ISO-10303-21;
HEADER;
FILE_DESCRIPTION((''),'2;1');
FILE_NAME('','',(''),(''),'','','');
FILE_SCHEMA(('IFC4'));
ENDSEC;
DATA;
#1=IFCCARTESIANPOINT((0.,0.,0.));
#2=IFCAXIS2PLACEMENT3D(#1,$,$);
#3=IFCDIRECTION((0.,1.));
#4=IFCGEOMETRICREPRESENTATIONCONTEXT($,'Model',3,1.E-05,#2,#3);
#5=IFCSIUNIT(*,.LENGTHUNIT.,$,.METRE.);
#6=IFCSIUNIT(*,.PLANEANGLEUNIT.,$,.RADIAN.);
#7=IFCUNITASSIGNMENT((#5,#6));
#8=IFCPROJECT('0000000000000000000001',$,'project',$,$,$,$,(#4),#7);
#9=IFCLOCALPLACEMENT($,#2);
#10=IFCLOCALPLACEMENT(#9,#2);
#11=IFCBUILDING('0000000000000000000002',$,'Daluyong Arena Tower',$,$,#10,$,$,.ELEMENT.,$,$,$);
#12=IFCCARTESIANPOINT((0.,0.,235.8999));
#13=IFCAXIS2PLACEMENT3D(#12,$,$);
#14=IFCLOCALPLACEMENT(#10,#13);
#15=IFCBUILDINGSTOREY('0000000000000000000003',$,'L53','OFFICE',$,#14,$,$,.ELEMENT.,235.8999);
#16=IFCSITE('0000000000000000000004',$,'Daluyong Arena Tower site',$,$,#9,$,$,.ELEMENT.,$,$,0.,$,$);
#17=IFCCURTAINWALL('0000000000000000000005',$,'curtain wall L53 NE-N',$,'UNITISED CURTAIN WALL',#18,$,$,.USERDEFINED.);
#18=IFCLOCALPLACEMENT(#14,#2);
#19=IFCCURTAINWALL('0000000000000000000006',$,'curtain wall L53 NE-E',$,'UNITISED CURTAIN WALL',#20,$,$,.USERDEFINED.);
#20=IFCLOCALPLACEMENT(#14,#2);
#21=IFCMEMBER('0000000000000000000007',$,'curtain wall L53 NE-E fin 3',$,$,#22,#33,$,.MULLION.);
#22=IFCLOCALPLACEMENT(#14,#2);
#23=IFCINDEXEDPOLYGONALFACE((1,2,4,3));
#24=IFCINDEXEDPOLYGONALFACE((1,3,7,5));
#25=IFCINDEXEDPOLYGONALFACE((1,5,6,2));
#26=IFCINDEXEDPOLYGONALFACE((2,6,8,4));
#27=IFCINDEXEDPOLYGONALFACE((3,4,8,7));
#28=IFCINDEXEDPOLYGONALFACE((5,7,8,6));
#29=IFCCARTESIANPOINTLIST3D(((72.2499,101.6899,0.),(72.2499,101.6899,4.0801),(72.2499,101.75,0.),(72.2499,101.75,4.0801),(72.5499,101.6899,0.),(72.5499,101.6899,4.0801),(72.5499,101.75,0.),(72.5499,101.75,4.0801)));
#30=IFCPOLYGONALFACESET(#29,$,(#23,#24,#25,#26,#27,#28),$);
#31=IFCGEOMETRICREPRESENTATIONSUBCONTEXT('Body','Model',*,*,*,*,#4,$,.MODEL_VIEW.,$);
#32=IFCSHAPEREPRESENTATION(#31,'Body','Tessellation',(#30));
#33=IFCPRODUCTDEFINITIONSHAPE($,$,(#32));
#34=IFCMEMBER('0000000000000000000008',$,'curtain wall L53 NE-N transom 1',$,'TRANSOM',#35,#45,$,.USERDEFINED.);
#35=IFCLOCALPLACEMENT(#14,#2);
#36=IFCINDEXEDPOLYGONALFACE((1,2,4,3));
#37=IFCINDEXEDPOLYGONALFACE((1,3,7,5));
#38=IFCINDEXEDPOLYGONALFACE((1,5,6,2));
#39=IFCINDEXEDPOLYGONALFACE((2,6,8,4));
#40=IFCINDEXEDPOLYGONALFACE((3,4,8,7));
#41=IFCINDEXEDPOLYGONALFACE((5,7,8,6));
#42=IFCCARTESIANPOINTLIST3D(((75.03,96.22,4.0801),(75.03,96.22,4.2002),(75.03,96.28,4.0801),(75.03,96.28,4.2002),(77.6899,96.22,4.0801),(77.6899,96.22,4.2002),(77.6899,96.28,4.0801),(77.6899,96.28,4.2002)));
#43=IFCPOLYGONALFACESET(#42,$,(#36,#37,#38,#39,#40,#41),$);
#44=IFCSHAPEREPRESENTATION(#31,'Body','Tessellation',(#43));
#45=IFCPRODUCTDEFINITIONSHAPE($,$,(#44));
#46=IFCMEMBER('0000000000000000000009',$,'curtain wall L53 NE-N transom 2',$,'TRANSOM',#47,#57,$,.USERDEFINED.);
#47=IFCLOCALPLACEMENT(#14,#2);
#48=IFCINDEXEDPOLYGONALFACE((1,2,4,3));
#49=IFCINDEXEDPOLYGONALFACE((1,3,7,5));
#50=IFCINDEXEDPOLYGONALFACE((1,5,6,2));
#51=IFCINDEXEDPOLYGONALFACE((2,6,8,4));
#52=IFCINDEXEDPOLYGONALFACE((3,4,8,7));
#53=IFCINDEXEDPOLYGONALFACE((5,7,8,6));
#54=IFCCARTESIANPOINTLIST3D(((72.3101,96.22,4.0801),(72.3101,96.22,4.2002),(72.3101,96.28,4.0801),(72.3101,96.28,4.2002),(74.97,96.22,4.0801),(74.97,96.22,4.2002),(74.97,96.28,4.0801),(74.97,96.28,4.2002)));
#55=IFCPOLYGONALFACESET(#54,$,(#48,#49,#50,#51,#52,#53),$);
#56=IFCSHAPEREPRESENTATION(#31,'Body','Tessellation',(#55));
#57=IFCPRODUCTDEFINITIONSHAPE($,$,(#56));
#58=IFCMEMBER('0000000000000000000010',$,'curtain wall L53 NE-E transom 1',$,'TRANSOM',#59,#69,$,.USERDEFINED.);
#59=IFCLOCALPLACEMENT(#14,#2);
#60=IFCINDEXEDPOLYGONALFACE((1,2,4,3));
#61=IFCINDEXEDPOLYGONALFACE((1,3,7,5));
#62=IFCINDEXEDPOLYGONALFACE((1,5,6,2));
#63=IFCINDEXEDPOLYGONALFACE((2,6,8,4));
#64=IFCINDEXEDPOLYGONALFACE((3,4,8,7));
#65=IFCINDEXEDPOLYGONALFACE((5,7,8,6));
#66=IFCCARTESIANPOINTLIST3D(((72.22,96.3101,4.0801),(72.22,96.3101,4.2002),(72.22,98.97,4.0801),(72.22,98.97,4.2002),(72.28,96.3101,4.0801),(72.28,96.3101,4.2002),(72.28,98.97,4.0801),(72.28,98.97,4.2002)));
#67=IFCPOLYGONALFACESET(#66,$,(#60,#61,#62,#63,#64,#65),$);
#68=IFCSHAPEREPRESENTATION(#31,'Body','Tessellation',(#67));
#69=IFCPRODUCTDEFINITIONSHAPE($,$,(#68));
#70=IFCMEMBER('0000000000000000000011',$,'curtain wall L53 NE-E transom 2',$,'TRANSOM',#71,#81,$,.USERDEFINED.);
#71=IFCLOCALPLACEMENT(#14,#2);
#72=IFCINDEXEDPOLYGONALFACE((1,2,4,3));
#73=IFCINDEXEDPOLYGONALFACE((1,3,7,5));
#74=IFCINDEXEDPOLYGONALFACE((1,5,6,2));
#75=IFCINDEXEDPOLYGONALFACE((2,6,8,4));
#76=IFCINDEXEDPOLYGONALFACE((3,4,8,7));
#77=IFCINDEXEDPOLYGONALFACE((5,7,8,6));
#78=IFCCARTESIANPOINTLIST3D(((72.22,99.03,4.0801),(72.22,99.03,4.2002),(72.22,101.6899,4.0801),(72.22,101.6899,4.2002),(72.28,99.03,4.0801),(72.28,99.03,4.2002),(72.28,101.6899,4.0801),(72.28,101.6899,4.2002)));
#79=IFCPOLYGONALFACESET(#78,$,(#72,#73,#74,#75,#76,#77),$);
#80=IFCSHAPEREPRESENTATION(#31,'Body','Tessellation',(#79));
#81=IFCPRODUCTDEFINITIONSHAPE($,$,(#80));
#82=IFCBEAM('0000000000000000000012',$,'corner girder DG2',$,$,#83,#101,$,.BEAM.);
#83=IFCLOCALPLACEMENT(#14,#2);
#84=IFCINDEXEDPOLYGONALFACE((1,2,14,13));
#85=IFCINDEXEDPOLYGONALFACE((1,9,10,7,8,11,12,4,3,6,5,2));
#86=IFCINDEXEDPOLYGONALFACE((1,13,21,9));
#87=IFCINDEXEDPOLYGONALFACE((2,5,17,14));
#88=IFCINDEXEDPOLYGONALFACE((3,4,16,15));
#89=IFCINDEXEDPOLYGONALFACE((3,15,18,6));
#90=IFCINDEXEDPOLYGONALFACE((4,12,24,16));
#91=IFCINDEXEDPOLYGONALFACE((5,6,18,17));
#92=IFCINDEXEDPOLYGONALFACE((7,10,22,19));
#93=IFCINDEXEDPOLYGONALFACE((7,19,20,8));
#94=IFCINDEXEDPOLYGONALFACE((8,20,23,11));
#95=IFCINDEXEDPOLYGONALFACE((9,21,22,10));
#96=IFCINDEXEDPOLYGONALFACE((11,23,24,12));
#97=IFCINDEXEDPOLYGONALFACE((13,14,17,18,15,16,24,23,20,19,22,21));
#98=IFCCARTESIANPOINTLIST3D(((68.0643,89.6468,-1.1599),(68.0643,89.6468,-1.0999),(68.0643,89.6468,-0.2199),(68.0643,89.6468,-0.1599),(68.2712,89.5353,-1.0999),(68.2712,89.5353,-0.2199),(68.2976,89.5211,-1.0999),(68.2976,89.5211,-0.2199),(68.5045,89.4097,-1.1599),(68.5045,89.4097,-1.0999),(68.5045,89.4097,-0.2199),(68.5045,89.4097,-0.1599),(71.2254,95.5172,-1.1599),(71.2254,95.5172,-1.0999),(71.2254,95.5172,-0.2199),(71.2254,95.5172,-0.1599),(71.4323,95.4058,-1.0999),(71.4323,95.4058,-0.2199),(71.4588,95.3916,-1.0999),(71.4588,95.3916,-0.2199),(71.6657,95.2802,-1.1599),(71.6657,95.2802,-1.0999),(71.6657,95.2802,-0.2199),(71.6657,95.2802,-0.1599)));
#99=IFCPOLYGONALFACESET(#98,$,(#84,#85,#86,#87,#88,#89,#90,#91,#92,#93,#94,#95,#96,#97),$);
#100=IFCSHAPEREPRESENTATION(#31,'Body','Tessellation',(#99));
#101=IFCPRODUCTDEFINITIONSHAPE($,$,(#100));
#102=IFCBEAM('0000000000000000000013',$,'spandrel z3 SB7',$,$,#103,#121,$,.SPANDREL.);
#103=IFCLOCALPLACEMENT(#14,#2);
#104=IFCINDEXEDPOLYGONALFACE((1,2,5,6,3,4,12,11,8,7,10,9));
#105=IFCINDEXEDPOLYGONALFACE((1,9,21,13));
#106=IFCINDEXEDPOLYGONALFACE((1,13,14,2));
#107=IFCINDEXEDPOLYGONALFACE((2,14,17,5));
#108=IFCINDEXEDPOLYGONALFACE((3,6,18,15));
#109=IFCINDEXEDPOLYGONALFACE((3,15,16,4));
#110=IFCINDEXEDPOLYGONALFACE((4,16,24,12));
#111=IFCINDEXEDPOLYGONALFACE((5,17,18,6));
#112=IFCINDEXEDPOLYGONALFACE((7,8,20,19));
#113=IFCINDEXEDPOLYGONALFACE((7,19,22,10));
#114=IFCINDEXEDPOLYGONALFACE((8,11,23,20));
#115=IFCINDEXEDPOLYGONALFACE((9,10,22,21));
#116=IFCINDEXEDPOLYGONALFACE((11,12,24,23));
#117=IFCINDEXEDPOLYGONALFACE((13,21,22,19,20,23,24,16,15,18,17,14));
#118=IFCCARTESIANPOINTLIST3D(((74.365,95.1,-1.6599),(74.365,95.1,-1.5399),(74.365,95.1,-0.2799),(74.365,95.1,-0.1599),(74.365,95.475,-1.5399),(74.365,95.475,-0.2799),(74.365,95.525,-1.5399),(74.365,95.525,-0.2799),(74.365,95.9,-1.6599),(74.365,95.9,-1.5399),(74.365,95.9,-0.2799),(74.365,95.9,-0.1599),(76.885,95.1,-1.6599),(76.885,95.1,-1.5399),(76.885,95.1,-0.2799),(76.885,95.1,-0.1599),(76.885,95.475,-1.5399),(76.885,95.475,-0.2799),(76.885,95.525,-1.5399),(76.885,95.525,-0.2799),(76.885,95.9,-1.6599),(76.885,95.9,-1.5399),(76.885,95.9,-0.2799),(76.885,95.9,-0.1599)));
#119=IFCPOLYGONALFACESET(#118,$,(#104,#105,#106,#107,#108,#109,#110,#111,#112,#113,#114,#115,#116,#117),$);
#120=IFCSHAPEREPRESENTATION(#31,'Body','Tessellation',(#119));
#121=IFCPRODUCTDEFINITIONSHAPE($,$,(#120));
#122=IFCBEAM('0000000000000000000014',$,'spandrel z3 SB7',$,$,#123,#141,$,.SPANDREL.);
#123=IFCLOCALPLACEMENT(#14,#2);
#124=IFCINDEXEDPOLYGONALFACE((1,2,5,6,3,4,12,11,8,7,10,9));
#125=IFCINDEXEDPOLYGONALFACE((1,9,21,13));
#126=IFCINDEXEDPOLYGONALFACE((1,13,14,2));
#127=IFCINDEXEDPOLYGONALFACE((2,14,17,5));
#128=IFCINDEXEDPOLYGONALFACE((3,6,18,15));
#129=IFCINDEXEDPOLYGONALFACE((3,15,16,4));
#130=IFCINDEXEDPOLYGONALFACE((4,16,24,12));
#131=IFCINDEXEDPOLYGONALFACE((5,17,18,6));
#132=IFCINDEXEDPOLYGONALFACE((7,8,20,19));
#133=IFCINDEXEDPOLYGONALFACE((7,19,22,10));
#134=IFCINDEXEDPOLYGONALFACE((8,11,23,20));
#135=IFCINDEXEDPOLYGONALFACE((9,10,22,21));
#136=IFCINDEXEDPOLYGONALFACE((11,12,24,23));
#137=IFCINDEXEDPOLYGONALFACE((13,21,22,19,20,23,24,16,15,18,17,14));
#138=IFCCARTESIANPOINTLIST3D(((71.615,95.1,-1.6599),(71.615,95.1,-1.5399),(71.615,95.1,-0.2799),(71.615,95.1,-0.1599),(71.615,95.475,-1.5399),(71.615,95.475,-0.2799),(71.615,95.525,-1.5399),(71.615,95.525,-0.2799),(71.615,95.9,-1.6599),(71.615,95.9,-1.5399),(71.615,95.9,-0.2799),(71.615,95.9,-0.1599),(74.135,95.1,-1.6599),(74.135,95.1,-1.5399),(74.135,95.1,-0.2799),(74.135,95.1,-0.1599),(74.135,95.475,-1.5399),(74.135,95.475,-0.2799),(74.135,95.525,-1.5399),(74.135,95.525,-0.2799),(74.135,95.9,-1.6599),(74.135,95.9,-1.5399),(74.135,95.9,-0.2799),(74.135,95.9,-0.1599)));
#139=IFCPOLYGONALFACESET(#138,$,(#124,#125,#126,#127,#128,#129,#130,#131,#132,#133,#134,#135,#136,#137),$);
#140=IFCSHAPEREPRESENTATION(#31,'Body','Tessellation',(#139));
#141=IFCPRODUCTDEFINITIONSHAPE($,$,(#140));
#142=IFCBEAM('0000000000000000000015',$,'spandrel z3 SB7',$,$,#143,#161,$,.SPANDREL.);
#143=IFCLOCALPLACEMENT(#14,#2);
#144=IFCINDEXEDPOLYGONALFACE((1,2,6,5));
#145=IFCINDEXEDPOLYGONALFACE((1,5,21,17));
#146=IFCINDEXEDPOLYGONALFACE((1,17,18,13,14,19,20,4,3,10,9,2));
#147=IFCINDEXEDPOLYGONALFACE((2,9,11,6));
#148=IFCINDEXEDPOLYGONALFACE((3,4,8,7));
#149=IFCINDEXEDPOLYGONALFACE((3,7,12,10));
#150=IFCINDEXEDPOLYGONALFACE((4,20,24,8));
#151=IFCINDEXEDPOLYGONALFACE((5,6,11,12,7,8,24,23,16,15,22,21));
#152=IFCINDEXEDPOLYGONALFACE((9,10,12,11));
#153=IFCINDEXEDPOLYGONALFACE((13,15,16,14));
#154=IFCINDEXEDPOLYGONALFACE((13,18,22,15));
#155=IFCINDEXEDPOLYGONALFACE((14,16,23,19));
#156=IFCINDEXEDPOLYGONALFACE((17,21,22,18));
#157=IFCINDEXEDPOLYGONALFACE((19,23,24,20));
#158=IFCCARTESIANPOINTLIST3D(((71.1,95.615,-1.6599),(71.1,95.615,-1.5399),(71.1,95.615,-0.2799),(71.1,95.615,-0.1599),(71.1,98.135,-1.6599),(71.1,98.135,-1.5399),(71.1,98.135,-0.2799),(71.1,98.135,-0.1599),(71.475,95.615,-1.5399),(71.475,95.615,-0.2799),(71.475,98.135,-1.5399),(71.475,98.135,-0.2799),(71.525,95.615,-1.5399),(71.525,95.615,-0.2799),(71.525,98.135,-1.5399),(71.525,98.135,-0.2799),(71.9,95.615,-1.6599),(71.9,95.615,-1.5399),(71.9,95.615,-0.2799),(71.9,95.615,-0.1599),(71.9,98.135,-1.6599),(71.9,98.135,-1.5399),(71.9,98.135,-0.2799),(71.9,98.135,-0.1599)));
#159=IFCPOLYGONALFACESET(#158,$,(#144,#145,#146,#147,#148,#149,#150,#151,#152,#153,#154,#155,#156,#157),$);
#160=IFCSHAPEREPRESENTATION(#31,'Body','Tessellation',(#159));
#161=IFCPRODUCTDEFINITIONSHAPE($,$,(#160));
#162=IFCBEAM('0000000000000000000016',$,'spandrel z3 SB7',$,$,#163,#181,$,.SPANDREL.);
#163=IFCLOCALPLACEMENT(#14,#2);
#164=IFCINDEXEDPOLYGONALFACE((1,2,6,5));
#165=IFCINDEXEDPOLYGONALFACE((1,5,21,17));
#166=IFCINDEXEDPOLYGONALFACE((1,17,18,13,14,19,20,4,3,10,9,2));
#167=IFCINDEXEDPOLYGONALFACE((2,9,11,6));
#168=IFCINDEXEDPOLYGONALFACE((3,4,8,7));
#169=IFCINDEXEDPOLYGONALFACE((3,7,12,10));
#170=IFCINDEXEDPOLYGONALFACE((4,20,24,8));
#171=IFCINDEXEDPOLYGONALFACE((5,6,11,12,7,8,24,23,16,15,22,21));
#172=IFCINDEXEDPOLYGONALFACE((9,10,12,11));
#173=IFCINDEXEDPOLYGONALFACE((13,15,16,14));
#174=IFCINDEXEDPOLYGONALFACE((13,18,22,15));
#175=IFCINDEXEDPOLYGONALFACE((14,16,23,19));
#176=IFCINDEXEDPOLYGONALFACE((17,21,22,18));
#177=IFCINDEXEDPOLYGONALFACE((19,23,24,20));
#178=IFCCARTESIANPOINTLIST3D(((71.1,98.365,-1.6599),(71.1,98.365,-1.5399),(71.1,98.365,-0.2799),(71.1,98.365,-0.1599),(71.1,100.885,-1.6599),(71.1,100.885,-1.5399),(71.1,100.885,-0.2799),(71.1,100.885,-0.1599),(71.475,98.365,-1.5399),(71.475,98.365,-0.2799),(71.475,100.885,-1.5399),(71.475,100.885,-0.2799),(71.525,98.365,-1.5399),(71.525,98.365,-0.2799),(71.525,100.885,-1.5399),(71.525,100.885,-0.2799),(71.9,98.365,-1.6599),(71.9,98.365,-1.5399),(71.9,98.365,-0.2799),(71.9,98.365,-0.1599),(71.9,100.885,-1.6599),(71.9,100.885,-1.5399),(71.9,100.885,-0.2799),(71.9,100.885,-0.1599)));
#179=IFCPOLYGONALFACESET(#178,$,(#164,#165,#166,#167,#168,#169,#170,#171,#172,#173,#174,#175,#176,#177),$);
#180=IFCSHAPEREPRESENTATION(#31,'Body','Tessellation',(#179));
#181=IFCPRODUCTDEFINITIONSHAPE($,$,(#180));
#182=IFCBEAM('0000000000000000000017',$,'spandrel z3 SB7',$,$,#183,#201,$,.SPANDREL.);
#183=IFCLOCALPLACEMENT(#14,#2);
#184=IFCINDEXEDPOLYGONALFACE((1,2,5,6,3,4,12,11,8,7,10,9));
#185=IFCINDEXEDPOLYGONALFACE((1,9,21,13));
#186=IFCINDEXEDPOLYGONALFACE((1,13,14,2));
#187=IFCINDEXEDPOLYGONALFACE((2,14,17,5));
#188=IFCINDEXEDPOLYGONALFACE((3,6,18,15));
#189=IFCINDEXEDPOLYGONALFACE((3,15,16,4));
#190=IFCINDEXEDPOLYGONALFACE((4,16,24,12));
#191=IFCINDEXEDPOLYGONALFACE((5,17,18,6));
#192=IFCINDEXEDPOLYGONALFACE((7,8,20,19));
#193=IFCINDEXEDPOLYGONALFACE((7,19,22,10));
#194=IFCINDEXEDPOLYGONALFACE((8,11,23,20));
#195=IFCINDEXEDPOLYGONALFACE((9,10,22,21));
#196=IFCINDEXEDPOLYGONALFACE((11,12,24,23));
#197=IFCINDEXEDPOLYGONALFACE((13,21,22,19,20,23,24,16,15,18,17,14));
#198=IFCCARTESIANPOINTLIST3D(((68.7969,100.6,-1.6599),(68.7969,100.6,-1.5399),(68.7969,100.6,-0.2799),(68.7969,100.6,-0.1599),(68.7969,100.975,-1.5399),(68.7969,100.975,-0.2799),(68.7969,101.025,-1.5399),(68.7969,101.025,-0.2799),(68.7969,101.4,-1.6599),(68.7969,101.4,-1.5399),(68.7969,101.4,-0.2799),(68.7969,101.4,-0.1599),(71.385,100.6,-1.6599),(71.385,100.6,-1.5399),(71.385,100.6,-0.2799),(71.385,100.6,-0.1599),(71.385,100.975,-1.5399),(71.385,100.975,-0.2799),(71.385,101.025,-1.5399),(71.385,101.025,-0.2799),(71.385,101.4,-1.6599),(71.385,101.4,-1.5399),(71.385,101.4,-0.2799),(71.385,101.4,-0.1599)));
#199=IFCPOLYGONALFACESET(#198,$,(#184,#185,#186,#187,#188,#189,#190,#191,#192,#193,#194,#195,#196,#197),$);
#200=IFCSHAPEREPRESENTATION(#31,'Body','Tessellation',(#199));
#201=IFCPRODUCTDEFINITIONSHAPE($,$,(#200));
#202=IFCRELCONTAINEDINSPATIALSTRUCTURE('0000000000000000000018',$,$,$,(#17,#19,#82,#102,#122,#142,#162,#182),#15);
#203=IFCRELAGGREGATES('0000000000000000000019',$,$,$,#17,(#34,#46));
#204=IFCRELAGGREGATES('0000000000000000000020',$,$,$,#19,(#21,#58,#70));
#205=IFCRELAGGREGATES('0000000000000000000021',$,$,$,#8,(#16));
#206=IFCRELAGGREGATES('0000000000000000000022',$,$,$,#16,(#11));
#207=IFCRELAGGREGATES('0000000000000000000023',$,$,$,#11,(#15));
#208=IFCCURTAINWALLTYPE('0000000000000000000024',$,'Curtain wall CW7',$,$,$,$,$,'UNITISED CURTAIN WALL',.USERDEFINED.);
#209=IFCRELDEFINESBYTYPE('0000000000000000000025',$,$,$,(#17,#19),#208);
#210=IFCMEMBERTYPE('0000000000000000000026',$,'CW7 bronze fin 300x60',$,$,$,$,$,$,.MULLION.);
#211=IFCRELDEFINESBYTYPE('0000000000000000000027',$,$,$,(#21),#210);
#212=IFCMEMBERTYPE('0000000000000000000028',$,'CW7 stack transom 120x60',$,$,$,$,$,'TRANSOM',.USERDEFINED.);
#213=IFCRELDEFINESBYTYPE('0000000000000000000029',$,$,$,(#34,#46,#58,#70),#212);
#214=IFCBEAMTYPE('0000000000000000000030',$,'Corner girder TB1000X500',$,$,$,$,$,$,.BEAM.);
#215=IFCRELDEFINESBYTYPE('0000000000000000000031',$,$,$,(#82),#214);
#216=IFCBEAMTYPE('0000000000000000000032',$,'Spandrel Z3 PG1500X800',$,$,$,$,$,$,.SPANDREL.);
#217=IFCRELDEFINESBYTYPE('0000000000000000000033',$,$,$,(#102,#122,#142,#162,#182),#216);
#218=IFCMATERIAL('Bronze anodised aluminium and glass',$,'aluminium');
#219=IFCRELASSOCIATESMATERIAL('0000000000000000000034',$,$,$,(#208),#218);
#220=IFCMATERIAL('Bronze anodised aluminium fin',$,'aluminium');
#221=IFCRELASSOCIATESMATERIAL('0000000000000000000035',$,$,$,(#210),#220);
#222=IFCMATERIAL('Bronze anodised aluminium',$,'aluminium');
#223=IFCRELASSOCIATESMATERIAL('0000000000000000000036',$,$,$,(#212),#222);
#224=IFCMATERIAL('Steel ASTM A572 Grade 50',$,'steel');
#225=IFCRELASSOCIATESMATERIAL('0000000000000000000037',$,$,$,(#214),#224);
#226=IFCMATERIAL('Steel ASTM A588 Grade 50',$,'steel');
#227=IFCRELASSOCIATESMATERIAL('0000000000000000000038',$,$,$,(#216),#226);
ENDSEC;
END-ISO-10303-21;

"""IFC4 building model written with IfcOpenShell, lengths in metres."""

from ifc_helpers import new_model, si_unit, direction, frame, origin, origin_2d, place, context, subcontext, project, spatial, rectangle, i_section, extrude, material, material_profile, profile_set, type_object, element, aggregate, save


model = new_model("IFC4")

# Units and contexts
model_context = context("Model", 3, precision=1e-05, world=origin(), true_north=direction((0.0, 1.0)))
body_context = subcontext(model_context, "Body", "Model", "MODEL_VIEW")
ifc_project = project(units=[si_unit("LENGTHUNIT", "METRE"), si_unit("PLANEANGLEUNIT", "RADIAN")], contexts=[model_context])

# Site, building, storey
site_placement = place(None, origin())
site = spatial("IfcSite", under=ifc_project, at=site_placement, Name="Daluyong Arena Tower site", CompositionType="ELEMENT", RefElevation=0.0)
building_placement = place(site_placement, origin())
building = spatial("IfcBuilding", under=site, at=building_placement, Name="Daluyong Arena Tower", CompositionType="ELEMENT")
storey_placement = place(building_placement, frame((0.0, 0.0, 235.8999)))
storey = spatial("IfcBuildingStorey", under=building, at=storey_placement, Name="L53", Description="OFFICE", CompositionType="ELEMENT", Elevation=235.8999)

# Curtain walls, member
ifc_material_1 = material(Name="Bronze anodised aluminium and glass", Category="aluminium")
curtain_wall_type_1 = type_object("IfcCurtainWallType", Name="Curtain wall CW7", ElementType="UNITISED CURTAIN WALL", PredefinedType="USERDEFINED", material=ifc_material_1)
curtain_wall_1_placement = place(storey_placement, origin())
curtain_wall_1 = element("IfcCurtainWall", 1, at=curtain_wall_1_placement, inside=storey, type_object=curtain_wall_type_1, Name="curtain wall L53 NE-N", ObjectType="UNITISED CURTAIN WALL", PredefinedType="USERDEFINED")
ifc_material_2 = material(Name="Bronze anodised aluminium fin", Category="aluminium")
ifc_material_profile_1 = material_profile(ifc_material_2, rectangle(XDim=0.3, YDim=0.0601, at=origin_2d()))
ifc_profile_set_1 = profile_set([ifc_material_profile_1], Name="Bronze anodised aluminium fin")
member_type_1 = type_object("IfcMemberType", Name="CW7 bronze fin 300x60", PredefinedType="MULLION", material=ifc_profile_set_1)
curtain_wall_2_placement = place(storey_placement, origin())
curtain_wall_2 = element("IfcCurtainWall", 2, at=curtain_wall_2_placement, inside=storey, type_object=curtain_wall_type_1, Name="curtain wall L53 NE-E", ObjectType="UNITISED CURTAIN WALL", PredefinedType="USERDEFINED")
member_1_placement = place(storey_placement, frame((72.3999, 101.72, 0.0), z_axis=(0.0, 0.0, 1.0), x_axis=(-1.0, 0.0, 0.0)))
member_1 = element("IfcMember", 3, at=member_1_placement, type_object=member_type_1, Name="curtain wall L53 NE-E fin 3", PredefinedType="MULLION", context=body_context, shape_type="SweptSolid", body=[
    extrude(rectangle(XDim=0.3, YDim=0.0601, at=origin_2d()), origin(), (0.0, 0.0, 1.0), 4.0801),
])

# Members
ifc_material_3 = material(Name="Bronze anodised aluminium", Category="aluminium")
ifc_material_profile_2 = material_profile(ifc_material_3, rectangle(XDim=0.0601, YDim=0.1201, at=origin_2d()))
ifc_profile_set_2 = profile_set([ifc_material_profile_2], Name="Bronze anodised aluminium")
member_type_2 = type_object("IfcMemberType", Name="CW7 stack transom 120x60", ElementType="TRANSOM", PredefinedType="USERDEFINED", material=ifc_profile_set_2)
member_2_placement = place(storey_placement, frame((77.6899, 96.25, 4.1401), z_axis=(-1.0, 0.0, 0.0), x_axis=(0.0, -1.0, 0.0)))
member_2 = element("IfcMember", 4, at=member_2_placement, type_object=member_type_2, Name="curtain wall L53 NE-N transom 1", ObjectType="TRANSOM", PredefinedType="USERDEFINED", context=body_context, shape_type="SweptSolid", body=[
    extrude(rectangle(XDim=0.0601, YDim=0.1201, at=origin_2d()), origin(), (0.0, 0.0, 1.0), 2.6599),
])
member_3_placement = place(storey_placement, frame((74.97, 96.25, 4.1401), z_axis=(-1.0, 0.0, 0.0), x_axis=(0.0, -1.0, 0.0)))
member_3 = element("IfcMember", 5, at=member_3_placement, type_object=member_type_2, Name="curtain wall L53 NE-N transom 2", ObjectType="TRANSOM", PredefinedType="USERDEFINED", context=body_context, shape_type="SweptSolid", body=[
    extrude(rectangle(XDim=0.0601, YDim=0.1201, at=origin_2d()), origin(), (0.0, 0.0, 1.0), 2.6599),
])
member_4_placement = place(storey_placement, frame((72.25, 96.3101, 4.1401), z_axis=(0.0, 1.0, 0.0), x_axis=(-1.0, 0.0, 0.0)))
member_4 = element("IfcMember", 6, at=member_4_placement, type_object=member_type_2, Name="curtain wall L53 NE-E transom 1", ObjectType="TRANSOM", PredefinedType="USERDEFINED", context=body_context, shape_type="SweptSolid", body=[
    extrude(rectangle(XDim=0.0601, YDim=0.1201, at=origin_2d()), origin(), (0.0, 0.0, 1.0), 2.6599),
])
member_5_placement = place(storey_placement, frame((72.25, 99.03, 4.1401), z_axis=(0.0, 1.0, 0.0), x_axis=(-1.0, 0.0, 0.0)))
member_5 = element("IfcMember", 7, at=member_5_placement, type_object=member_type_2, Name="curtain wall L53 NE-E transom 2", ObjectType="TRANSOM", PredefinedType="USERDEFINED", context=body_context, shape_type="SweptSolid", body=[
    extrude(rectangle(XDim=0.0601, YDim=0.1201, at=origin_2d()), origin(), (0.0, 0.0, 1.0), 2.6599),
])

# Beams
ifc_material_4 = material(Name="Steel ASTM A572 Grade 50", Category="steel")
ifc_material_profile_3 = material_profile(ifc_material_4, i_section(OverallWidth=0.5, OverallDepth=1.0, WebThickness=0.03, FlangeThickness=0.06, at=origin_2d()))
ifc_profile_set_3 = profile_set([ifc_material_profile_3], Name="Steel ASTM A572 Grade 50")
beam_type_1 = type_object("IfcBeamType", Name="Corner girder TB1000X500", PredefinedType="BEAM", material=ifc_profile_set_3)
beam_1_placement = place(storey_placement, frame((71.4456, 95.3987, -0.6599), z_axis=(-0.474119, -0.880461, 0.0), x_axis=(0.880461, -0.474119, 0.0)))
element("IfcBeam", 8, at=beam_1_placement, inside=storey, type_object=beam_type_1, Name="corner girder DG2", PredefinedType="BEAM", context=body_context, shape_type="SweptSolid", body=[
    extrude(i_section(OverallWidth=0.5, OverallDepth=1.0, WebThickness=0.03, FlangeThickness=0.06, at=origin_2d()), origin(), (0.0, 0.0, 1.0), 6.6675),
])
ifc_material_5 = material(Name="Steel ASTM A588 Grade 50", Category="steel")
ifc_material_profile_4 = material_profile(ifc_material_5, i_section(OverallWidth=0.8, OverallDepth=1.5, WebThickness=0.05, FlangeThickness=0.12, at=origin_2d()))
ifc_profile_set_4 = profile_set([ifc_material_profile_4], Name="Steel ASTM A588 Grade 50")
beam_type_2 = type_object("IfcBeamType", Name="Spandrel Z3 PG1500X800", PredefinedType="SPANDREL", material=ifc_profile_set_4)
for number, where, z_axis, x_axis, name in (
    (9, (76.885, 95.5, -0.9099), (-1.0, 0.0, 0.0), (0.0, -1.0, 0.0), "spandrel z3 SB7"),
    (10, (74.135, 95.5, -0.9099), (-1.0, 0.0, 0.0), (0.0, -1.0, 0.0), "spandrel z3 SB7"),
    (11, (71.5, 95.615, -0.9099), (0.0, 1.0, 0.0), (-1.0, 0.0, 0.0), "spandrel z3 SB7"),
    (12, (71.5, 98.365, -0.9099), (0.0, 1.0, 0.0), (-1.0, 0.0, 0.0), "spandrel z3 SB7"),
):
    element("IfcBeam", number, at=place(storey_placement, frame(where, z_axis=z_axis, x_axis=x_axis)), inside=storey, type_object=beam_type_2, Name=name, PredefinedType="SPANDREL", context=body_context, shape_type="SweptSolid", body=[
        extrude(i_section(OverallWidth=0.8, OverallDepth=1.5, WebThickness=0.05, FlangeThickness=0.12, at=origin_2d()), origin(), (0.0, 0.0, 1.0), 2.52),
    ])
beam_2_placement = place(storey_placement, frame((71.385, 101.0, -0.9099), z_axis=(-1.0, 0.0, 0.0), x_axis=(0.0, -1.0, 0.0)))
element("IfcBeam", 13, at=beam_2_placement, inside=storey, type_object=beam_type_2, Name="spandrel z3 SB7", PredefinedType="SPANDREL", context=body_context, shape_type="SweptSolid", body=[
    extrude(i_section(OverallWidth=0.8, OverallDepth=1.5, WebThickness=0.05, FlangeThickness=0.12, at=origin_2d()), origin(), (0.0, 0.0, 1.0), 2.5881),
])

aggregate(curtain_wall_1, [member_2, member_3])
aggregate(curtain_wall_2, [member_1, member_4, member_5])

save(model, "model.ifc")
